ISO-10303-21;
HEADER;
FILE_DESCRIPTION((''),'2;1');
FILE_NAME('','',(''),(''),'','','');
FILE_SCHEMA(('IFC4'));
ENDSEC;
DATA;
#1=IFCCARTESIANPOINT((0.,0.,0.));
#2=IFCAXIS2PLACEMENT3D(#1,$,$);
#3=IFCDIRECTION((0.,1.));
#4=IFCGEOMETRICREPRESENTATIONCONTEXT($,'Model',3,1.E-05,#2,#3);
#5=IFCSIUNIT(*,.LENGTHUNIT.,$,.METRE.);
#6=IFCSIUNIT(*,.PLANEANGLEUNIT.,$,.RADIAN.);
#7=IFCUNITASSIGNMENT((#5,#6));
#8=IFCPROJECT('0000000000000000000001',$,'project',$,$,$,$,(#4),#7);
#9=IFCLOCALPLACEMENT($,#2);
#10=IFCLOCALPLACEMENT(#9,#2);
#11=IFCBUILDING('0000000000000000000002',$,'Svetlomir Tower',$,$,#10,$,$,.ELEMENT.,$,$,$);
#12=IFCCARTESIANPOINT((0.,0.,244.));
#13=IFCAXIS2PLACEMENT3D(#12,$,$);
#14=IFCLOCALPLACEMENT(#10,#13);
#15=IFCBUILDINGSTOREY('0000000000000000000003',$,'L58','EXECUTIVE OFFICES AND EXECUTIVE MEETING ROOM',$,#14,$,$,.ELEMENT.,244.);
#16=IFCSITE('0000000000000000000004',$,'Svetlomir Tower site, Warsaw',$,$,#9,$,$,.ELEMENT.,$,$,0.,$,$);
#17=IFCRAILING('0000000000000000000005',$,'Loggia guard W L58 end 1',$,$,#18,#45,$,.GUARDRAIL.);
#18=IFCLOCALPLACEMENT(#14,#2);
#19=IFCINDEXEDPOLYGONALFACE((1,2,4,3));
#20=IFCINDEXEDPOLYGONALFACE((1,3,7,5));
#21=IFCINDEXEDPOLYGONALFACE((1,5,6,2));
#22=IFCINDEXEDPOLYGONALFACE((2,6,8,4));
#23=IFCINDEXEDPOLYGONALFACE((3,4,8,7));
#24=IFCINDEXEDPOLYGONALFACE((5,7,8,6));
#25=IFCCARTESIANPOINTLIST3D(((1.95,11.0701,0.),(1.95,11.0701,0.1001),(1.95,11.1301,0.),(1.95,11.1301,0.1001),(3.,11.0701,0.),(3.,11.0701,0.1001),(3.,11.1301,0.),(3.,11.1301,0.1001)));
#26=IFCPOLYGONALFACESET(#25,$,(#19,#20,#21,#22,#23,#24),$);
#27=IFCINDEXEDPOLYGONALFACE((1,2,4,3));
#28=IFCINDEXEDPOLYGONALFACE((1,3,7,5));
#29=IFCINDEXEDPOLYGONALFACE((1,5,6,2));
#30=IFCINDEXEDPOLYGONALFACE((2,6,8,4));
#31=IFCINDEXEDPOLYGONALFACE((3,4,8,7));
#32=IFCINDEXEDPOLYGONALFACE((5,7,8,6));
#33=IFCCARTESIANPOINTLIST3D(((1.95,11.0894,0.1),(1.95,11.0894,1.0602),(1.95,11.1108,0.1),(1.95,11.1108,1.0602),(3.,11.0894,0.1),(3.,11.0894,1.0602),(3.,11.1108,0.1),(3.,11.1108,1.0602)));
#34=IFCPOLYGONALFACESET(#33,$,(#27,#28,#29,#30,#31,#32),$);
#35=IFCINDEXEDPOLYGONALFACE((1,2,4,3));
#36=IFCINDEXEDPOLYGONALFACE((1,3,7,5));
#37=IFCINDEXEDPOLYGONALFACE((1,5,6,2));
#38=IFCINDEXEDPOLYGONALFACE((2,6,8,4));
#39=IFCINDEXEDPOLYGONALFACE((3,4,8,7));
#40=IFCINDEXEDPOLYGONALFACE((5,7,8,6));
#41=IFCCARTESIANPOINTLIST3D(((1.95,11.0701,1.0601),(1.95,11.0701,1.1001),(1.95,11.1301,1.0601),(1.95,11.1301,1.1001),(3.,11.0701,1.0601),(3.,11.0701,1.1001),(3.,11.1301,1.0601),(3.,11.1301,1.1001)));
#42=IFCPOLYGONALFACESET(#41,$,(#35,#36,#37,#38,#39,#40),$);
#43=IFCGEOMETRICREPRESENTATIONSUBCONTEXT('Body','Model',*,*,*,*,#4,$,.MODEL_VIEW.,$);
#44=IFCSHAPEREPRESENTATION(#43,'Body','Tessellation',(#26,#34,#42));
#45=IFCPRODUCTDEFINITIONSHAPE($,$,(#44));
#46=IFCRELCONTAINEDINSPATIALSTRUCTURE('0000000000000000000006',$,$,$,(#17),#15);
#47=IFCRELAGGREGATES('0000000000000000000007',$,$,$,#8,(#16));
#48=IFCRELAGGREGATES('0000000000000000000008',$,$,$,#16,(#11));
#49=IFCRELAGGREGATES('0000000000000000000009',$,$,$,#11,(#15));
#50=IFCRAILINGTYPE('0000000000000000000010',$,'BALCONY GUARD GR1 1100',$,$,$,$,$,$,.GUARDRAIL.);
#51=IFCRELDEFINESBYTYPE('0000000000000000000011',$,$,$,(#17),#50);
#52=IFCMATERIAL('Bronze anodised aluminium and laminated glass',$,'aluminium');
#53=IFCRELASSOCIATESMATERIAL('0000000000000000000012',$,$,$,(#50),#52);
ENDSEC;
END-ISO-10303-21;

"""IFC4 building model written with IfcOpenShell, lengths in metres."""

from ifc_helpers import new_model, si_unit, direction, frame, origin, origin_2d, place, context, subcontext, project, spatial, rectangle, extrude, material, type_object, element, save


model = new_model("IFC4")

# Units and contexts
model_context = context("Model", 3, precision=1e-05, world=origin(), true_north=direction((0.0, 1.0)))
body_context = subcontext(model_context, "Body", "Model", "MODEL_VIEW")
ifc_project = project(units=[si_unit("LENGTHUNIT", "METRE"), si_unit("PLANEANGLEUNIT", "RADIAN")], contexts=[model_context])

# Site, building, storey
site_placement = place(None, origin())
site = spatial("IfcSite", under=ifc_project, at=site_placement, Name="Svetlomir Tower site, Warsaw", CompositionType="ELEMENT", RefElevation=0.0)
building_placement = place(site_placement, origin())
building = spatial("IfcBuilding", under=site, at=building_placement, Name="Svetlomir Tower", CompositionType="ELEMENT")
storey_placement = place(building_placement, frame((0.0, 0.0, 244.0)))
storey = spatial("IfcBuildingStorey", under=building, at=storey_placement, Name="L58", Description="EXECUTIVE OFFICES AND EXECUTIVE MEETING ROOM", CompositionType="ELEMENT", Elevation=244.0)

# Railing
ifc_material_1 = material(Name="Bronze anodised aluminium and laminated glass", Category="aluminium")
railing_type = type_object("IfcRailingType", Name="BALCONY GUARD GR1 1100", PredefinedType="GUARDRAIL", material=ifc_material_1)
railing_1_placement = place(storey_placement, frame((1.95, 11.1001, 0.0)))
element("IfcRailing", 1, at=railing_1_placement, inside=storey, type_object=railing_type, Name="Loggia guard W L58 end 1", PredefinedType="GUARDRAIL", context=body_context, shape_type="SweptSolid", body=[
    extrude(rectangle(XDim=0.0601, YDim=0.1001, at=origin_2d()), frame((0.0, 0.0, 0.05), z_axis=(1.0, 0.0, 0.0), x_axis=(0.0, 1.0, 0.0)), (0.0, 0.0, 1.0), 1.05),
    extrude(rectangle(XDim=0.0215, YDim=0.9602, at=origin_2d()), frame((0.0, 0.0, 0.5801), z_axis=(1.0, 0.0, 0.0), x_axis=(0.0, 1.0, 0.0)), (0.0, 0.0, 1.0), 1.05),
    extrude(rectangle(XDim=0.0601, YDim=0.04, at=origin_2d()), frame((0.0, 0.0, 1.0801), z_axis=(1.0, 0.0, 0.0), x_axis=(0.0, 1.0, 0.0)), (0.0, 0.0, 1.0), 1.05),
])

save(model, "model.ifc")
